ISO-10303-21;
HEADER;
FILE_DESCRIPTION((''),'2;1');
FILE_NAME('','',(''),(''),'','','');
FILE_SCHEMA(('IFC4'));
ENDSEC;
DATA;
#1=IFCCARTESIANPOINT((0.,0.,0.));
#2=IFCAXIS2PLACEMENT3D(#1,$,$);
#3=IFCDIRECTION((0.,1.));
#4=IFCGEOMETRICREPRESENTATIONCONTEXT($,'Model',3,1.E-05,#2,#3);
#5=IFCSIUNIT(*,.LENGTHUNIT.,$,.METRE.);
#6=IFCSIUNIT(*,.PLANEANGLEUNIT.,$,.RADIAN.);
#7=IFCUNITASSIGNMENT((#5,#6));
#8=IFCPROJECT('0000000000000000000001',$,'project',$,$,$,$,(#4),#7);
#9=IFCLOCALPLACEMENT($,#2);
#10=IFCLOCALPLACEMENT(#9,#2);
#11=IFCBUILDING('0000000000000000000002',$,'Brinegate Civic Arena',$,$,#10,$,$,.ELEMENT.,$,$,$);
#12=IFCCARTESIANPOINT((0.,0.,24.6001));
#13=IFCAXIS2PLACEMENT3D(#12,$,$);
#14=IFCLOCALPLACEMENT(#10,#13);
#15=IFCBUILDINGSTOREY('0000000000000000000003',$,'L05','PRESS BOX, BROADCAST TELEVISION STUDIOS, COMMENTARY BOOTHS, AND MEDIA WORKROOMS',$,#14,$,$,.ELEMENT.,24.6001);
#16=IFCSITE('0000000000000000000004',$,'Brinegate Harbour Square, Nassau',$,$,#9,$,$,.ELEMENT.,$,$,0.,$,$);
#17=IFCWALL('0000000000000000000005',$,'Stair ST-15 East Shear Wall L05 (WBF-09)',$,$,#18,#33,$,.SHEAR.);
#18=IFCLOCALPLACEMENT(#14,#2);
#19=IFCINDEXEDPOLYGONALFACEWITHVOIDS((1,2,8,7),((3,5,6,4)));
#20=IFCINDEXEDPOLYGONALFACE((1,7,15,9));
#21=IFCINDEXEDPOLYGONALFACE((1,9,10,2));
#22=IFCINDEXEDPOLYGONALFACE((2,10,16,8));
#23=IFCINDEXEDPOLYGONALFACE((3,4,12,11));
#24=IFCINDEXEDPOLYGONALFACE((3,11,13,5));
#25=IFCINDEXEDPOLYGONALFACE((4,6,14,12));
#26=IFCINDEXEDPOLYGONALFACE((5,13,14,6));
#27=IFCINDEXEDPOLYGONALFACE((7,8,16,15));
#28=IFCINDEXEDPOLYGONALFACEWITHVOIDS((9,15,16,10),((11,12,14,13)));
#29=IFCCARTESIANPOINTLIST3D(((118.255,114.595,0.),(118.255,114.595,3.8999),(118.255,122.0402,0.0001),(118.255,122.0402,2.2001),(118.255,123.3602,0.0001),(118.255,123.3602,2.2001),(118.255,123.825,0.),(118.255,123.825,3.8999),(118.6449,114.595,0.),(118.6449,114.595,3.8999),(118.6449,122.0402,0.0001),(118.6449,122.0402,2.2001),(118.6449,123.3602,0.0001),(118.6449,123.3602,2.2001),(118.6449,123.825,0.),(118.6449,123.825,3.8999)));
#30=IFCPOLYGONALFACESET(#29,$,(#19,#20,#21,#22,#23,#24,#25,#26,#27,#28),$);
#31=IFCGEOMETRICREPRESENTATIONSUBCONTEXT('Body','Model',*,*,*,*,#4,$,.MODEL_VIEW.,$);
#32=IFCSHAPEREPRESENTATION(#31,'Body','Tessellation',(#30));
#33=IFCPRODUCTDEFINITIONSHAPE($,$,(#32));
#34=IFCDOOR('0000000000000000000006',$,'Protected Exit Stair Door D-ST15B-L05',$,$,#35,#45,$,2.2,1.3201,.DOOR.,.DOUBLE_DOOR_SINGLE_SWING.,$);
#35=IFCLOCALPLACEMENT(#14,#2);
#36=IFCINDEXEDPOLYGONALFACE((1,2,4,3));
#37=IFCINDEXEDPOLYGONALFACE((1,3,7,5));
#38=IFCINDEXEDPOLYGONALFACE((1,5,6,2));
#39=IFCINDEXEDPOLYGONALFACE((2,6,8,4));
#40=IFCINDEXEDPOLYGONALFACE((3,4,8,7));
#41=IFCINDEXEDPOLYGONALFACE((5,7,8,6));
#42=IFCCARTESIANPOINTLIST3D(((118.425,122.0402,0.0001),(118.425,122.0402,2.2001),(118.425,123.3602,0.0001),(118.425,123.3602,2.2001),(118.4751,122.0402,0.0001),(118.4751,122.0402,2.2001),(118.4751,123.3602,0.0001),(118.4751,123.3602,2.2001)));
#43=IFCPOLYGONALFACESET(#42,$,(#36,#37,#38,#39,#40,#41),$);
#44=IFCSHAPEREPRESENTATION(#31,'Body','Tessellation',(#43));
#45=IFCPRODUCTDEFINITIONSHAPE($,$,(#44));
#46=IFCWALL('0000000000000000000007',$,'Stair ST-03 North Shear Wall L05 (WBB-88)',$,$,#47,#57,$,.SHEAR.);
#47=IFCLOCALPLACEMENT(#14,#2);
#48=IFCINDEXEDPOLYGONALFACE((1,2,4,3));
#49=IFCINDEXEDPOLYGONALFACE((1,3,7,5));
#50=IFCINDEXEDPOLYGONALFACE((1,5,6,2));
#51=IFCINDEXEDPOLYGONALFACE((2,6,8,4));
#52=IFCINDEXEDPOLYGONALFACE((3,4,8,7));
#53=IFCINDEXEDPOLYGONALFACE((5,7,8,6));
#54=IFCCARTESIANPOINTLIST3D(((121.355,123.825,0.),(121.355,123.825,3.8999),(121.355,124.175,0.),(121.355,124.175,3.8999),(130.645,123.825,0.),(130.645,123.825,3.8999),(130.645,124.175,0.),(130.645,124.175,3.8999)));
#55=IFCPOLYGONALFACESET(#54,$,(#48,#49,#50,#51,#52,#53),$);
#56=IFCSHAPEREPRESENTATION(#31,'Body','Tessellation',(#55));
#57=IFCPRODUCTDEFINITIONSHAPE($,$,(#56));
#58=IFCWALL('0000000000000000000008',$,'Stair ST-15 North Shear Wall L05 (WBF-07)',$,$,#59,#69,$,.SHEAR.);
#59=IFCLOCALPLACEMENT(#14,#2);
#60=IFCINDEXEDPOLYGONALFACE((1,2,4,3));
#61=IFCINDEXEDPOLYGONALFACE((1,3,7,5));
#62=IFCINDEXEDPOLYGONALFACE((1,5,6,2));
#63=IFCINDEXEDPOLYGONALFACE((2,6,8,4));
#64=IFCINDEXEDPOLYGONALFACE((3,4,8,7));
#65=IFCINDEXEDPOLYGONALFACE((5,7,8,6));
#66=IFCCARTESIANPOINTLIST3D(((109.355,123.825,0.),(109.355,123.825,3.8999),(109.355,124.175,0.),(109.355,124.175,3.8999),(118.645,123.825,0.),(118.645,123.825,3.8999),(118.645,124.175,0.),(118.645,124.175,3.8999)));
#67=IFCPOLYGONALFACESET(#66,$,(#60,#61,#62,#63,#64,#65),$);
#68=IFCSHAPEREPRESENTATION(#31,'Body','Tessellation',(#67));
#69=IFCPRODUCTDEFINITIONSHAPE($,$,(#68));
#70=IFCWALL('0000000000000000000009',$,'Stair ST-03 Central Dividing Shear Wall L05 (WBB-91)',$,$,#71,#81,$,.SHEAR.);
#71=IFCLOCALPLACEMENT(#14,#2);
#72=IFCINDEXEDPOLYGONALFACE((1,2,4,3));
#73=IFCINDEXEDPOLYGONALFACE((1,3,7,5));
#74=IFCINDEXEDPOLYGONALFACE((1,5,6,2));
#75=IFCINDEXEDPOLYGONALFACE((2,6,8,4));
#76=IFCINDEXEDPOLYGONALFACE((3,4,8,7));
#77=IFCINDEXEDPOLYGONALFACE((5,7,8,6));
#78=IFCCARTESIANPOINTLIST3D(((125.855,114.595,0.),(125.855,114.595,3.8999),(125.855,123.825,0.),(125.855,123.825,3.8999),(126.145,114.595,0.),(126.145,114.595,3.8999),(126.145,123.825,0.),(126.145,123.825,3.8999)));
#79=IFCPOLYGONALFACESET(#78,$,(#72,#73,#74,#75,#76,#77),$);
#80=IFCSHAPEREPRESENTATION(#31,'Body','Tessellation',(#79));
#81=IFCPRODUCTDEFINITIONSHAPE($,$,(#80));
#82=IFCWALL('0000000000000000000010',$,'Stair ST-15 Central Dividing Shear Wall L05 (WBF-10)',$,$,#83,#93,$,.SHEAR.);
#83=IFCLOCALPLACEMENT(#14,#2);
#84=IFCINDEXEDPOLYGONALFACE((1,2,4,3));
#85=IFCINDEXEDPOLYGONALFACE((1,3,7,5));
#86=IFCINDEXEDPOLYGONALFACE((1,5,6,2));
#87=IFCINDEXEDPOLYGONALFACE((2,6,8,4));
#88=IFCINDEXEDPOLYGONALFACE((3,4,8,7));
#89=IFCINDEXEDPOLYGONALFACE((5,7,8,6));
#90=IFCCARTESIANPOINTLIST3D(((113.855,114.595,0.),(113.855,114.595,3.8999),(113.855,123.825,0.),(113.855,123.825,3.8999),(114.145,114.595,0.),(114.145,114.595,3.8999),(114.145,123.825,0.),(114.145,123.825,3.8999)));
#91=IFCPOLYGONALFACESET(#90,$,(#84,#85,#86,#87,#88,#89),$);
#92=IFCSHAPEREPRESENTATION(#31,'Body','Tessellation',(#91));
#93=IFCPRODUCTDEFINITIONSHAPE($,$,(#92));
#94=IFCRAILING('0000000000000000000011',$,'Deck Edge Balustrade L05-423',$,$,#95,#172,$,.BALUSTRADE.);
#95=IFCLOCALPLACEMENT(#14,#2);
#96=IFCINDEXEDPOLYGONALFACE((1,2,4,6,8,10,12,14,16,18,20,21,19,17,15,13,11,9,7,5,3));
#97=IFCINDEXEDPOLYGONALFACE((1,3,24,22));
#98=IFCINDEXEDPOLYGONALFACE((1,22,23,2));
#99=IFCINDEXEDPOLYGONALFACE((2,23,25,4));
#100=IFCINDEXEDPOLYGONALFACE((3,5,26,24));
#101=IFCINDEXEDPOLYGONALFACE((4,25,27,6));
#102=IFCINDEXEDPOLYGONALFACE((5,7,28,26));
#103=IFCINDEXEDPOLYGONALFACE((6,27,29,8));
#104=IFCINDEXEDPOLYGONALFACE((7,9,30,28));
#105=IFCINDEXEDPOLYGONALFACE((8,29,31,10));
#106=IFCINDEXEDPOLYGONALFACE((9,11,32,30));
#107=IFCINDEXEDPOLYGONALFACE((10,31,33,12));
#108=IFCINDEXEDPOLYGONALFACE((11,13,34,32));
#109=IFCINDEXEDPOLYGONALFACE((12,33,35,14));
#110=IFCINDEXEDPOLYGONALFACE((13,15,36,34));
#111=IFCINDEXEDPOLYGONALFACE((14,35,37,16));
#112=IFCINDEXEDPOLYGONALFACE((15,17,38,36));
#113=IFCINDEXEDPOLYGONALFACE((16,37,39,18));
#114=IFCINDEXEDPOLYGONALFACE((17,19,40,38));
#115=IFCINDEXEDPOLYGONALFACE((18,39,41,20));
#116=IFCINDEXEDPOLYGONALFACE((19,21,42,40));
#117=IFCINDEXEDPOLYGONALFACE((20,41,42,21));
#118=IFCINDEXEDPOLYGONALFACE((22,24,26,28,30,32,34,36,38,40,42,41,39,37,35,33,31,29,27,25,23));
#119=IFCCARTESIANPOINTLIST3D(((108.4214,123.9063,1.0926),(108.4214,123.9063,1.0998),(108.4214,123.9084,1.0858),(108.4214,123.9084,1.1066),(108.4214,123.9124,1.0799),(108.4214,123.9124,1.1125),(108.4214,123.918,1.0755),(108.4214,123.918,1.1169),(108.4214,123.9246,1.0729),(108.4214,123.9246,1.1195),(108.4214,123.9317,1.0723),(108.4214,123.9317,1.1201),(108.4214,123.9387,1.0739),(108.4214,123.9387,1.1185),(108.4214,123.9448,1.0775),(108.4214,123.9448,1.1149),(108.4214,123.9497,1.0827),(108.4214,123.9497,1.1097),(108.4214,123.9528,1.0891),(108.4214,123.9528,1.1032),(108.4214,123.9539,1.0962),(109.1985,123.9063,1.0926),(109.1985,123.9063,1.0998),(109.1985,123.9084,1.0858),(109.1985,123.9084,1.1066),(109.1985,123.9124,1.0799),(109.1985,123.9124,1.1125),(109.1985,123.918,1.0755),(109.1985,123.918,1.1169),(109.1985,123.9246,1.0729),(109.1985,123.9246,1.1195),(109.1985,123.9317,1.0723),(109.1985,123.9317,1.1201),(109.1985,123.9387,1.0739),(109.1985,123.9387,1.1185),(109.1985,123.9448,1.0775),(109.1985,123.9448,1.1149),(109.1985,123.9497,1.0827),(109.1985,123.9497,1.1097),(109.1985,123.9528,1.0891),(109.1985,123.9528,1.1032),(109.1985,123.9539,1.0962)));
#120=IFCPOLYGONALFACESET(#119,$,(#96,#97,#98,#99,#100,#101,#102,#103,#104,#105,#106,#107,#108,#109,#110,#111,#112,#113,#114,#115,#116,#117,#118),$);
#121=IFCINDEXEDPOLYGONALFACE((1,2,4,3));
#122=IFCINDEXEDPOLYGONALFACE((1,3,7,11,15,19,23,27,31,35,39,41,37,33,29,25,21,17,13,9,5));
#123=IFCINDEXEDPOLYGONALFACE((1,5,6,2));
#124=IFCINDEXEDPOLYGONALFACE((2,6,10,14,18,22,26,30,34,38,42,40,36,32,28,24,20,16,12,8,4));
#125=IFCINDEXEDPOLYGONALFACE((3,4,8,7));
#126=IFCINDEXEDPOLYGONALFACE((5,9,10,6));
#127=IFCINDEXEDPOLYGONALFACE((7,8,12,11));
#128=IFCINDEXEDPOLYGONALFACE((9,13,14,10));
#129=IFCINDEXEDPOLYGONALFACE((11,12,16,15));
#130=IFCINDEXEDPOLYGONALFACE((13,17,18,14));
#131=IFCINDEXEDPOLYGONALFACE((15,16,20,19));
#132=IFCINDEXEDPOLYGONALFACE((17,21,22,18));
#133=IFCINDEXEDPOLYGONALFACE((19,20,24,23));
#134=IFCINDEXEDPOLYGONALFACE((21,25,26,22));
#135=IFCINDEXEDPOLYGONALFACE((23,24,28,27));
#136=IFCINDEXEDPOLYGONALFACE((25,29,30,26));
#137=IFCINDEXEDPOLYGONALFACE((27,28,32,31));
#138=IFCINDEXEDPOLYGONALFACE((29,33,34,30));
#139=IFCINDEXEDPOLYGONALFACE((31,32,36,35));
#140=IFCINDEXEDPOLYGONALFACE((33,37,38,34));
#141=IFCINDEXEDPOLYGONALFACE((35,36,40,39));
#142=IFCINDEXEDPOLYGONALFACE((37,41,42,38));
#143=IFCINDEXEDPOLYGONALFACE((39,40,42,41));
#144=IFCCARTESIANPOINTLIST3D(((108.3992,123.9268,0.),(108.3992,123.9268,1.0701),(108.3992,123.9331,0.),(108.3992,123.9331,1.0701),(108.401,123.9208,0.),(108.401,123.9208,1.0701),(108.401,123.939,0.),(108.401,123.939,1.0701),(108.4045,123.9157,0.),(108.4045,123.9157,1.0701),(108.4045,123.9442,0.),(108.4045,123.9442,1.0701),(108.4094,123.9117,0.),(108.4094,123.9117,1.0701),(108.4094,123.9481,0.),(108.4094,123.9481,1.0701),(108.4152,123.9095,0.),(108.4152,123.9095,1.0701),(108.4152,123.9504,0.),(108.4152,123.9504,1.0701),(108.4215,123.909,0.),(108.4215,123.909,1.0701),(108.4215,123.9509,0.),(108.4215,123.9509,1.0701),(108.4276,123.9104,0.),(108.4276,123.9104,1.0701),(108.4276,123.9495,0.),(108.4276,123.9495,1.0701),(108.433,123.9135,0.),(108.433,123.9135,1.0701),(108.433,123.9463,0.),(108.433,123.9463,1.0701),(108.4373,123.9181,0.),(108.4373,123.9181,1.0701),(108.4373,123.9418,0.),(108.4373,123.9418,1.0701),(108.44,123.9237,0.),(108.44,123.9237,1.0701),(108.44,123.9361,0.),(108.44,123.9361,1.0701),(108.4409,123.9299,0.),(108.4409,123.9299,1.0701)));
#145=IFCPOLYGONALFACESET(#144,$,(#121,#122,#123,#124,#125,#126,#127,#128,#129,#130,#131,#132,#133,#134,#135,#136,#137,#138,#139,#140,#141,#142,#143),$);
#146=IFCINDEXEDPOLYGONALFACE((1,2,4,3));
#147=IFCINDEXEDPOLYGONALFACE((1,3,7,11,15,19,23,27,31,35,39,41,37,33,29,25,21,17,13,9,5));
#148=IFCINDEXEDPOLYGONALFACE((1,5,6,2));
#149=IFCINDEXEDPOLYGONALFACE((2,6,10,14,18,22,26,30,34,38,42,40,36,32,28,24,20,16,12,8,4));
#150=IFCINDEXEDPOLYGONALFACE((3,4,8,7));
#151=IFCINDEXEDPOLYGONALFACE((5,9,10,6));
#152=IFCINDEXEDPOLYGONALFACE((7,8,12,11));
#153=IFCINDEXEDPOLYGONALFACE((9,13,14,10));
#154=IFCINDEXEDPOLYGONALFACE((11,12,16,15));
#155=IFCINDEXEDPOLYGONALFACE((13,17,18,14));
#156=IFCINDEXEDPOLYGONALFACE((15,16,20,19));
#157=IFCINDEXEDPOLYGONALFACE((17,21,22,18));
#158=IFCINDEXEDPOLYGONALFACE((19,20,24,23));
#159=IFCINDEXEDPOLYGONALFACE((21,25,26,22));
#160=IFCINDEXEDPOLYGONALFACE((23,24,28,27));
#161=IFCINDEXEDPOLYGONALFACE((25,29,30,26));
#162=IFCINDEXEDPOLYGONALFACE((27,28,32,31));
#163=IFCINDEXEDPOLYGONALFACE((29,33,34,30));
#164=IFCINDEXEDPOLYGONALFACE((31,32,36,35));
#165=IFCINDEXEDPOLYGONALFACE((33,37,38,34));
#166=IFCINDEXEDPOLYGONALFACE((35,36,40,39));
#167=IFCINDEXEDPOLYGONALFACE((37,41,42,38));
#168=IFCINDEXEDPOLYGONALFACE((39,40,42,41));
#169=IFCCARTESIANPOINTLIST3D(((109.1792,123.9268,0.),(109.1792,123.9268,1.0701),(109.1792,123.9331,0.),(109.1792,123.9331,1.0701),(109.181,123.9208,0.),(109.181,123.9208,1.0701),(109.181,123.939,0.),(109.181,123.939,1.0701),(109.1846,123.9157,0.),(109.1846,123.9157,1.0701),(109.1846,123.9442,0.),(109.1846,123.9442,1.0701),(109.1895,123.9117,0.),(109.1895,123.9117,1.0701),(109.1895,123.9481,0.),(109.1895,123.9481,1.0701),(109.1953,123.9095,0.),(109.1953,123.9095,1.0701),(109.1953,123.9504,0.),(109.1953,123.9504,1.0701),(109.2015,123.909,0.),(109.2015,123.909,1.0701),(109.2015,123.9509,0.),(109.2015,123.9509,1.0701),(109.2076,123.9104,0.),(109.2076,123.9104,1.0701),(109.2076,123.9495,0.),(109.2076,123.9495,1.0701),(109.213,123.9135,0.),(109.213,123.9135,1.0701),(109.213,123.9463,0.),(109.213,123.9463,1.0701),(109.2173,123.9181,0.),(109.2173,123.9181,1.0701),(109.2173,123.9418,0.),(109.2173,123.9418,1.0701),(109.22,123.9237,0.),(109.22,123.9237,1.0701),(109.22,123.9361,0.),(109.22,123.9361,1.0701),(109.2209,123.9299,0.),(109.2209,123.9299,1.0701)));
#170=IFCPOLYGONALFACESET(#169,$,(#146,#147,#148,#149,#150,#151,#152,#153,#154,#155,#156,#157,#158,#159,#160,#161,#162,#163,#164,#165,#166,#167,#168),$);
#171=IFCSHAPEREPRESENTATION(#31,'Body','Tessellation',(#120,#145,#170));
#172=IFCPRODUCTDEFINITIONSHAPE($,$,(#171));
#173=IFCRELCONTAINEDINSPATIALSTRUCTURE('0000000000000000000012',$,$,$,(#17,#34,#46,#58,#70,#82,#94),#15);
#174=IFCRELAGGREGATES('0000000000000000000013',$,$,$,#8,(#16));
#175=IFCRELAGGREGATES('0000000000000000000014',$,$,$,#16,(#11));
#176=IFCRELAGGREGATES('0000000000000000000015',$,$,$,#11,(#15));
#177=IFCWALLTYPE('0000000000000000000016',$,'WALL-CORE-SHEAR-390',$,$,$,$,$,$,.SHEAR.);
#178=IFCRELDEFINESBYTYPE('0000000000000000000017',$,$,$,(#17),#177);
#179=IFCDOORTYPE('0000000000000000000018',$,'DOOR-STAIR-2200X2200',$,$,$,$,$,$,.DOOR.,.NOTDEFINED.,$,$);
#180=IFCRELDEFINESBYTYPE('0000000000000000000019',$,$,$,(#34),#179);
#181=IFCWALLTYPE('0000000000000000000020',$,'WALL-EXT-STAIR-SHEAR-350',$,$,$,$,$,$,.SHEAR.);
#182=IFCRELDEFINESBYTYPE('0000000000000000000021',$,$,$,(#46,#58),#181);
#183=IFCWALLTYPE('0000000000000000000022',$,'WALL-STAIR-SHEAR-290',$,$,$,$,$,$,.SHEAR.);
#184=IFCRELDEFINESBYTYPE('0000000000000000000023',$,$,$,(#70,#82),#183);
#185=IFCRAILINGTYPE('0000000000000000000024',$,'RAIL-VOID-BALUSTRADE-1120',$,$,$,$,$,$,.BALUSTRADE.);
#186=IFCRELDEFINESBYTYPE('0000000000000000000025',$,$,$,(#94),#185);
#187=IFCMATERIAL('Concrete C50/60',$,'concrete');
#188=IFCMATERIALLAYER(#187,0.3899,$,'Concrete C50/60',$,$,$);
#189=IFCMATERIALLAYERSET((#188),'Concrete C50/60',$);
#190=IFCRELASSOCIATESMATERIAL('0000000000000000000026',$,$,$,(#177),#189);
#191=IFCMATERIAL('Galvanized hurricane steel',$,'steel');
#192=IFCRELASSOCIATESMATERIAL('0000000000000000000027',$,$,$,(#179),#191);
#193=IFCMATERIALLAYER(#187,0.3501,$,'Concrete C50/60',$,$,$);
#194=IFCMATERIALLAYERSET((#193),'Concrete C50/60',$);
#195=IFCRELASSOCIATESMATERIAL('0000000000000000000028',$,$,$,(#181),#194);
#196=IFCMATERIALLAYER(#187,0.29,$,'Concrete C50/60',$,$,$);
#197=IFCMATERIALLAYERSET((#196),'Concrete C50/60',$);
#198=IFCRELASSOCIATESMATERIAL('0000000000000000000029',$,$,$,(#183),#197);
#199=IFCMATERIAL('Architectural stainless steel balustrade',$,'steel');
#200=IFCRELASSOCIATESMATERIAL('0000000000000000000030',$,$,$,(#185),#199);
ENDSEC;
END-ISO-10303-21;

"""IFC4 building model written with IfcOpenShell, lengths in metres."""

from ifc_helpers import new_model, si_unit, direction, frame, frame_2d, origin, origin_2d, place, context, subcontext, project, spatial, rectangle, circle, extrude, material, layer, layer_set, type_object, element, fill, save


model = new_model("IFC4")

# Units and contexts
model_context = context("Model", 3, precision=1e-05, world=origin(), true_north=direction((0.0, 1.0)))
body_context = subcontext(model_context, "Body", "Model", "MODEL_VIEW")
ifc_project = project(units=[si_unit("LENGTHUNIT", "METRE"), si_unit("PLANEANGLEUNIT", "RADIAN")], contexts=[model_context])

# Site, building, storey
site_placement = place(None, origin())
site = spatial("IfcSite", under=ifc_project, at=site_placement, Name="Brinegate Harbour Square, Nassau", CompositionType="ELEMENT", RefElevation=0.0)
building_placement = place(site_placement, origin())
building = spatial("IfcBuilding", under=site, at=building_placement, Name="Brinegate Civic Arena", CompositionType="ELEMENT")
storey_placement = place(building_placement, frame((0.0, 0.0, 24.6001)))
storey = spatial("IfcBuildingStorey", under=building, at=storey_placement, Name="L05", Description="PRESS BOX, BROADCAST TELEVISION STUDIOS, COMMENTARY BOOTHS, AND MEDIA WORKROOMS", CompositionType="ELEMENT", Elevation=24.6001)

# Shared definitions
ifc_material_1 = material(Name="Concrete C50/60", Category="concrete")

# Shared definitions
ifc_layer_1 = layer(ifc_material_1, 0.3899, Name="Concrete C50/60")
ifc_layer_set_1 = layer_set([ifc_layer_1], Name="Concrete C50/60")
wall_type_1 = type_object("IfcWallType", Name="WALL-CORE-SHEAR-390", PredefinedType="SHEAR", material=ifc_layer_set_1)

# Shared definitions
ifc_material_2 = material(Name="Galvanized hurricane steel", Category="steel")
door_type_1 = type_object("IfcDoorType", Name="DOOR-STAIR-2200X2200", OperationType="NOTDEFINED", PredefinedType="DOOR", material=ifc_material_2)

# Wall, opening, door
wall_1_placement = place(storey_placement, frame((118.45, 114.595, 0.0), z_axis=(0.0, 0.0, 1.0), x_axis=(0.0, 1.0, 0.0)))
wall_1 = element("IfcWall", 1, at=wall_1_placement, inside=storey, type_object=wall_type_1, Name="Stair ST-15 East Shear Wall L05 (WBF-09)", PredefinedType="SHEAR", context=body_context, shape_type="SweptSolid", body=[
    extrude(rectangle(XDim=9.23, YDim=0.3899, at=frame_2d((4.615, 0.0))), origin(), (0.0, 0.0, 1.0), 3.8999),
])
opening_1_placement = place(wall_1_placement, frame((7.4451, 0.0, 0.0)))
opening_1 = element("IfcOpeningElement", 2, at=opening_1_placement, cuts=wall_1, PredefinedType="OPENING", context=body_context, shape_type="SweptSolid", body=[
    extrude(rectangle(XDim=1.3201, YDim=2.2, at=frame_2d((0.6602, 1.1001))), frame((0.0, 0.2048, 0.0), z_axis=(0.0, -1.0, 0.0), x_axis=(1.0, 0.0, 0.0)), (0.0, 0.0, 1.0), 0.4099),
])
door_1_placement = place(opening_1_placement, origin())
door_1 = element("IfcDoor", 3, at=door_1_placement, inside=storey, type_object=door_type_1, Name="Protected Exit Stair Door D-ST15B-L05", OperationType="DOUBLE_DOOR_SINGLE_SWING", OverallHeight=2.2, OverallWidth=1.3201, PredefinedType="DOOR", context=body_context, shape_type="SweptSolid", body=[
    extrude(rectangle(XDim=1.3201, YDim=2.2, at=frame_2d((0.6602, 1.1001))), frame((0.0, 0.0249, 0.0), z_axis=(0.0, -1.0, 0.0), x_axis=(1.0, 0.0, 0.0)), (0.0, 0.0, 1.0), 0.05),
])
fill(opening_1, door_1)

# Walls
ifc_layer_2 = layer(ifc_material_1, 0.3501, Name="Concrete C50/60")
ifc_layer_set_2 = layer_set([ifc_layer_2], Name="Concrete C50/60")
wall_type_2 = type_object("IfcWallType", Name="WALL-EXT-STAIR-SHEAR-350", PredefinedType="SHEAR", material=ifc_layer_set_2)
for number, where, z_axis, x_axis, name in (
    (4, (121.355, 124.0, 0.0), (0.0, 0.0, 1.0), (1.0, 0.0, 0.0), "Stair ST-03 North Shear Wall L05 (WBB-88)"),
    (5, (109.355, 124.0, 0.0), (0.0, 0.0, 1.0), (1.0, 0.0, 0.0), "Stair ST-15 North Shear Wall L05 (WBF-07)"),
):
    element("IfcWall", number, at=place(storey_placement, frame(where, z_axis=z_axis, x_axis=x_axis)), inside=storey, type_object=wall_type_2, Name=name, PredefinedType="SHEAR", context=body_context, shape_type="SweptSolid", body=[
        extrude(rectangle(XDim=9.29, YDim=0.3501, at=frame_2d((4.645, 0.0))), origin(), (0.0, 0.0, 1.0), 3.8999),
    ])
ifc_layer_3 = layer(ifc_material_1, 0.29, Name="Concrete C50/60")
ifc_layer_set_3 = layer_set([ifc_layer_3], Name="Concrete C50/60")
wall_type_3 = type_object("IfcWallType", Name="WALL-STAIR-SHEAR-290", PredefinedType="SHEAR", material=ifc_layer_set_3)
for number, where, z_axis, x_axis, name in (
    (6, (126.0, 114.595, 0.0), (0.0, 0.0, 1.0), (0.0, 1.0, 0.0), "Stair ST-03 Central Dividing Shear Wall L05 (WBB-91)"),
    (7, (114.0, 114.595, 0.0), (0.0, 0.0, 1.0), (0.0, 1.0, 0.0), "Stair ST-15 Central Dividing Shear Wall L05 (WBF-10)"),
):
    element("IfcWall", number, at=place(storey_placement, frame(where, z_axis=z_axis, x_axis=x_axis)), inside=storey, type_object=wall_type_3, Name=name, PredefinedType="SHEAR", context=body_context, shape_type="SweptSolid", body=[
        extrude(rectangle(XDim=9.23, YDim=0.29, at=frame_2d((4.615, 0.0))), origin(), (0.0, 0.0, 1.0), 3.8999),
    ])

# Railing
ifc_material_3 = material(Name="Architectural stainless steel balustrade", Category="steel")
railing_type_1 = type_object("IfcRailingType", Name="RAIL-VOID-BALUSTRADE-1120", PredefinedType="BALUSTRADE", material=ifc_material_3)
railing_1_placement = place(storey_placement, frame((108.4199, 123.9299, 0.0)))
element("IfcRailing", 8, at=railing_1_placement, inside=storey, type_object=railing_type_1, Name="Deck Edge Balustrade L05-423", PredefinedType="BALUSTRADE", context=body_context, shape_type="SweptSolid", body=[
    extrude(circle(Radius=0.0239, at=origin_2d()), frame((0.0015, 0.0, 1.0962), z_axis=(1.0, 0.0, 0.0), x_axis=(0.0, 1.0, 0.0)), (0.0, 0.0, 1.0), 0.7771),
    extrude(circle(Radius=0.021, at=origin_2d()), origin(), (0.0, 0.0, 1.0), 1.0701),
    extrude(circle(Radius=0.021, at=origin_2d()), frame((0.78, 0.0, 0.0)), (0.0, 0.0, 1.0), 1.0701),
])

save(model, "model.ifc")
